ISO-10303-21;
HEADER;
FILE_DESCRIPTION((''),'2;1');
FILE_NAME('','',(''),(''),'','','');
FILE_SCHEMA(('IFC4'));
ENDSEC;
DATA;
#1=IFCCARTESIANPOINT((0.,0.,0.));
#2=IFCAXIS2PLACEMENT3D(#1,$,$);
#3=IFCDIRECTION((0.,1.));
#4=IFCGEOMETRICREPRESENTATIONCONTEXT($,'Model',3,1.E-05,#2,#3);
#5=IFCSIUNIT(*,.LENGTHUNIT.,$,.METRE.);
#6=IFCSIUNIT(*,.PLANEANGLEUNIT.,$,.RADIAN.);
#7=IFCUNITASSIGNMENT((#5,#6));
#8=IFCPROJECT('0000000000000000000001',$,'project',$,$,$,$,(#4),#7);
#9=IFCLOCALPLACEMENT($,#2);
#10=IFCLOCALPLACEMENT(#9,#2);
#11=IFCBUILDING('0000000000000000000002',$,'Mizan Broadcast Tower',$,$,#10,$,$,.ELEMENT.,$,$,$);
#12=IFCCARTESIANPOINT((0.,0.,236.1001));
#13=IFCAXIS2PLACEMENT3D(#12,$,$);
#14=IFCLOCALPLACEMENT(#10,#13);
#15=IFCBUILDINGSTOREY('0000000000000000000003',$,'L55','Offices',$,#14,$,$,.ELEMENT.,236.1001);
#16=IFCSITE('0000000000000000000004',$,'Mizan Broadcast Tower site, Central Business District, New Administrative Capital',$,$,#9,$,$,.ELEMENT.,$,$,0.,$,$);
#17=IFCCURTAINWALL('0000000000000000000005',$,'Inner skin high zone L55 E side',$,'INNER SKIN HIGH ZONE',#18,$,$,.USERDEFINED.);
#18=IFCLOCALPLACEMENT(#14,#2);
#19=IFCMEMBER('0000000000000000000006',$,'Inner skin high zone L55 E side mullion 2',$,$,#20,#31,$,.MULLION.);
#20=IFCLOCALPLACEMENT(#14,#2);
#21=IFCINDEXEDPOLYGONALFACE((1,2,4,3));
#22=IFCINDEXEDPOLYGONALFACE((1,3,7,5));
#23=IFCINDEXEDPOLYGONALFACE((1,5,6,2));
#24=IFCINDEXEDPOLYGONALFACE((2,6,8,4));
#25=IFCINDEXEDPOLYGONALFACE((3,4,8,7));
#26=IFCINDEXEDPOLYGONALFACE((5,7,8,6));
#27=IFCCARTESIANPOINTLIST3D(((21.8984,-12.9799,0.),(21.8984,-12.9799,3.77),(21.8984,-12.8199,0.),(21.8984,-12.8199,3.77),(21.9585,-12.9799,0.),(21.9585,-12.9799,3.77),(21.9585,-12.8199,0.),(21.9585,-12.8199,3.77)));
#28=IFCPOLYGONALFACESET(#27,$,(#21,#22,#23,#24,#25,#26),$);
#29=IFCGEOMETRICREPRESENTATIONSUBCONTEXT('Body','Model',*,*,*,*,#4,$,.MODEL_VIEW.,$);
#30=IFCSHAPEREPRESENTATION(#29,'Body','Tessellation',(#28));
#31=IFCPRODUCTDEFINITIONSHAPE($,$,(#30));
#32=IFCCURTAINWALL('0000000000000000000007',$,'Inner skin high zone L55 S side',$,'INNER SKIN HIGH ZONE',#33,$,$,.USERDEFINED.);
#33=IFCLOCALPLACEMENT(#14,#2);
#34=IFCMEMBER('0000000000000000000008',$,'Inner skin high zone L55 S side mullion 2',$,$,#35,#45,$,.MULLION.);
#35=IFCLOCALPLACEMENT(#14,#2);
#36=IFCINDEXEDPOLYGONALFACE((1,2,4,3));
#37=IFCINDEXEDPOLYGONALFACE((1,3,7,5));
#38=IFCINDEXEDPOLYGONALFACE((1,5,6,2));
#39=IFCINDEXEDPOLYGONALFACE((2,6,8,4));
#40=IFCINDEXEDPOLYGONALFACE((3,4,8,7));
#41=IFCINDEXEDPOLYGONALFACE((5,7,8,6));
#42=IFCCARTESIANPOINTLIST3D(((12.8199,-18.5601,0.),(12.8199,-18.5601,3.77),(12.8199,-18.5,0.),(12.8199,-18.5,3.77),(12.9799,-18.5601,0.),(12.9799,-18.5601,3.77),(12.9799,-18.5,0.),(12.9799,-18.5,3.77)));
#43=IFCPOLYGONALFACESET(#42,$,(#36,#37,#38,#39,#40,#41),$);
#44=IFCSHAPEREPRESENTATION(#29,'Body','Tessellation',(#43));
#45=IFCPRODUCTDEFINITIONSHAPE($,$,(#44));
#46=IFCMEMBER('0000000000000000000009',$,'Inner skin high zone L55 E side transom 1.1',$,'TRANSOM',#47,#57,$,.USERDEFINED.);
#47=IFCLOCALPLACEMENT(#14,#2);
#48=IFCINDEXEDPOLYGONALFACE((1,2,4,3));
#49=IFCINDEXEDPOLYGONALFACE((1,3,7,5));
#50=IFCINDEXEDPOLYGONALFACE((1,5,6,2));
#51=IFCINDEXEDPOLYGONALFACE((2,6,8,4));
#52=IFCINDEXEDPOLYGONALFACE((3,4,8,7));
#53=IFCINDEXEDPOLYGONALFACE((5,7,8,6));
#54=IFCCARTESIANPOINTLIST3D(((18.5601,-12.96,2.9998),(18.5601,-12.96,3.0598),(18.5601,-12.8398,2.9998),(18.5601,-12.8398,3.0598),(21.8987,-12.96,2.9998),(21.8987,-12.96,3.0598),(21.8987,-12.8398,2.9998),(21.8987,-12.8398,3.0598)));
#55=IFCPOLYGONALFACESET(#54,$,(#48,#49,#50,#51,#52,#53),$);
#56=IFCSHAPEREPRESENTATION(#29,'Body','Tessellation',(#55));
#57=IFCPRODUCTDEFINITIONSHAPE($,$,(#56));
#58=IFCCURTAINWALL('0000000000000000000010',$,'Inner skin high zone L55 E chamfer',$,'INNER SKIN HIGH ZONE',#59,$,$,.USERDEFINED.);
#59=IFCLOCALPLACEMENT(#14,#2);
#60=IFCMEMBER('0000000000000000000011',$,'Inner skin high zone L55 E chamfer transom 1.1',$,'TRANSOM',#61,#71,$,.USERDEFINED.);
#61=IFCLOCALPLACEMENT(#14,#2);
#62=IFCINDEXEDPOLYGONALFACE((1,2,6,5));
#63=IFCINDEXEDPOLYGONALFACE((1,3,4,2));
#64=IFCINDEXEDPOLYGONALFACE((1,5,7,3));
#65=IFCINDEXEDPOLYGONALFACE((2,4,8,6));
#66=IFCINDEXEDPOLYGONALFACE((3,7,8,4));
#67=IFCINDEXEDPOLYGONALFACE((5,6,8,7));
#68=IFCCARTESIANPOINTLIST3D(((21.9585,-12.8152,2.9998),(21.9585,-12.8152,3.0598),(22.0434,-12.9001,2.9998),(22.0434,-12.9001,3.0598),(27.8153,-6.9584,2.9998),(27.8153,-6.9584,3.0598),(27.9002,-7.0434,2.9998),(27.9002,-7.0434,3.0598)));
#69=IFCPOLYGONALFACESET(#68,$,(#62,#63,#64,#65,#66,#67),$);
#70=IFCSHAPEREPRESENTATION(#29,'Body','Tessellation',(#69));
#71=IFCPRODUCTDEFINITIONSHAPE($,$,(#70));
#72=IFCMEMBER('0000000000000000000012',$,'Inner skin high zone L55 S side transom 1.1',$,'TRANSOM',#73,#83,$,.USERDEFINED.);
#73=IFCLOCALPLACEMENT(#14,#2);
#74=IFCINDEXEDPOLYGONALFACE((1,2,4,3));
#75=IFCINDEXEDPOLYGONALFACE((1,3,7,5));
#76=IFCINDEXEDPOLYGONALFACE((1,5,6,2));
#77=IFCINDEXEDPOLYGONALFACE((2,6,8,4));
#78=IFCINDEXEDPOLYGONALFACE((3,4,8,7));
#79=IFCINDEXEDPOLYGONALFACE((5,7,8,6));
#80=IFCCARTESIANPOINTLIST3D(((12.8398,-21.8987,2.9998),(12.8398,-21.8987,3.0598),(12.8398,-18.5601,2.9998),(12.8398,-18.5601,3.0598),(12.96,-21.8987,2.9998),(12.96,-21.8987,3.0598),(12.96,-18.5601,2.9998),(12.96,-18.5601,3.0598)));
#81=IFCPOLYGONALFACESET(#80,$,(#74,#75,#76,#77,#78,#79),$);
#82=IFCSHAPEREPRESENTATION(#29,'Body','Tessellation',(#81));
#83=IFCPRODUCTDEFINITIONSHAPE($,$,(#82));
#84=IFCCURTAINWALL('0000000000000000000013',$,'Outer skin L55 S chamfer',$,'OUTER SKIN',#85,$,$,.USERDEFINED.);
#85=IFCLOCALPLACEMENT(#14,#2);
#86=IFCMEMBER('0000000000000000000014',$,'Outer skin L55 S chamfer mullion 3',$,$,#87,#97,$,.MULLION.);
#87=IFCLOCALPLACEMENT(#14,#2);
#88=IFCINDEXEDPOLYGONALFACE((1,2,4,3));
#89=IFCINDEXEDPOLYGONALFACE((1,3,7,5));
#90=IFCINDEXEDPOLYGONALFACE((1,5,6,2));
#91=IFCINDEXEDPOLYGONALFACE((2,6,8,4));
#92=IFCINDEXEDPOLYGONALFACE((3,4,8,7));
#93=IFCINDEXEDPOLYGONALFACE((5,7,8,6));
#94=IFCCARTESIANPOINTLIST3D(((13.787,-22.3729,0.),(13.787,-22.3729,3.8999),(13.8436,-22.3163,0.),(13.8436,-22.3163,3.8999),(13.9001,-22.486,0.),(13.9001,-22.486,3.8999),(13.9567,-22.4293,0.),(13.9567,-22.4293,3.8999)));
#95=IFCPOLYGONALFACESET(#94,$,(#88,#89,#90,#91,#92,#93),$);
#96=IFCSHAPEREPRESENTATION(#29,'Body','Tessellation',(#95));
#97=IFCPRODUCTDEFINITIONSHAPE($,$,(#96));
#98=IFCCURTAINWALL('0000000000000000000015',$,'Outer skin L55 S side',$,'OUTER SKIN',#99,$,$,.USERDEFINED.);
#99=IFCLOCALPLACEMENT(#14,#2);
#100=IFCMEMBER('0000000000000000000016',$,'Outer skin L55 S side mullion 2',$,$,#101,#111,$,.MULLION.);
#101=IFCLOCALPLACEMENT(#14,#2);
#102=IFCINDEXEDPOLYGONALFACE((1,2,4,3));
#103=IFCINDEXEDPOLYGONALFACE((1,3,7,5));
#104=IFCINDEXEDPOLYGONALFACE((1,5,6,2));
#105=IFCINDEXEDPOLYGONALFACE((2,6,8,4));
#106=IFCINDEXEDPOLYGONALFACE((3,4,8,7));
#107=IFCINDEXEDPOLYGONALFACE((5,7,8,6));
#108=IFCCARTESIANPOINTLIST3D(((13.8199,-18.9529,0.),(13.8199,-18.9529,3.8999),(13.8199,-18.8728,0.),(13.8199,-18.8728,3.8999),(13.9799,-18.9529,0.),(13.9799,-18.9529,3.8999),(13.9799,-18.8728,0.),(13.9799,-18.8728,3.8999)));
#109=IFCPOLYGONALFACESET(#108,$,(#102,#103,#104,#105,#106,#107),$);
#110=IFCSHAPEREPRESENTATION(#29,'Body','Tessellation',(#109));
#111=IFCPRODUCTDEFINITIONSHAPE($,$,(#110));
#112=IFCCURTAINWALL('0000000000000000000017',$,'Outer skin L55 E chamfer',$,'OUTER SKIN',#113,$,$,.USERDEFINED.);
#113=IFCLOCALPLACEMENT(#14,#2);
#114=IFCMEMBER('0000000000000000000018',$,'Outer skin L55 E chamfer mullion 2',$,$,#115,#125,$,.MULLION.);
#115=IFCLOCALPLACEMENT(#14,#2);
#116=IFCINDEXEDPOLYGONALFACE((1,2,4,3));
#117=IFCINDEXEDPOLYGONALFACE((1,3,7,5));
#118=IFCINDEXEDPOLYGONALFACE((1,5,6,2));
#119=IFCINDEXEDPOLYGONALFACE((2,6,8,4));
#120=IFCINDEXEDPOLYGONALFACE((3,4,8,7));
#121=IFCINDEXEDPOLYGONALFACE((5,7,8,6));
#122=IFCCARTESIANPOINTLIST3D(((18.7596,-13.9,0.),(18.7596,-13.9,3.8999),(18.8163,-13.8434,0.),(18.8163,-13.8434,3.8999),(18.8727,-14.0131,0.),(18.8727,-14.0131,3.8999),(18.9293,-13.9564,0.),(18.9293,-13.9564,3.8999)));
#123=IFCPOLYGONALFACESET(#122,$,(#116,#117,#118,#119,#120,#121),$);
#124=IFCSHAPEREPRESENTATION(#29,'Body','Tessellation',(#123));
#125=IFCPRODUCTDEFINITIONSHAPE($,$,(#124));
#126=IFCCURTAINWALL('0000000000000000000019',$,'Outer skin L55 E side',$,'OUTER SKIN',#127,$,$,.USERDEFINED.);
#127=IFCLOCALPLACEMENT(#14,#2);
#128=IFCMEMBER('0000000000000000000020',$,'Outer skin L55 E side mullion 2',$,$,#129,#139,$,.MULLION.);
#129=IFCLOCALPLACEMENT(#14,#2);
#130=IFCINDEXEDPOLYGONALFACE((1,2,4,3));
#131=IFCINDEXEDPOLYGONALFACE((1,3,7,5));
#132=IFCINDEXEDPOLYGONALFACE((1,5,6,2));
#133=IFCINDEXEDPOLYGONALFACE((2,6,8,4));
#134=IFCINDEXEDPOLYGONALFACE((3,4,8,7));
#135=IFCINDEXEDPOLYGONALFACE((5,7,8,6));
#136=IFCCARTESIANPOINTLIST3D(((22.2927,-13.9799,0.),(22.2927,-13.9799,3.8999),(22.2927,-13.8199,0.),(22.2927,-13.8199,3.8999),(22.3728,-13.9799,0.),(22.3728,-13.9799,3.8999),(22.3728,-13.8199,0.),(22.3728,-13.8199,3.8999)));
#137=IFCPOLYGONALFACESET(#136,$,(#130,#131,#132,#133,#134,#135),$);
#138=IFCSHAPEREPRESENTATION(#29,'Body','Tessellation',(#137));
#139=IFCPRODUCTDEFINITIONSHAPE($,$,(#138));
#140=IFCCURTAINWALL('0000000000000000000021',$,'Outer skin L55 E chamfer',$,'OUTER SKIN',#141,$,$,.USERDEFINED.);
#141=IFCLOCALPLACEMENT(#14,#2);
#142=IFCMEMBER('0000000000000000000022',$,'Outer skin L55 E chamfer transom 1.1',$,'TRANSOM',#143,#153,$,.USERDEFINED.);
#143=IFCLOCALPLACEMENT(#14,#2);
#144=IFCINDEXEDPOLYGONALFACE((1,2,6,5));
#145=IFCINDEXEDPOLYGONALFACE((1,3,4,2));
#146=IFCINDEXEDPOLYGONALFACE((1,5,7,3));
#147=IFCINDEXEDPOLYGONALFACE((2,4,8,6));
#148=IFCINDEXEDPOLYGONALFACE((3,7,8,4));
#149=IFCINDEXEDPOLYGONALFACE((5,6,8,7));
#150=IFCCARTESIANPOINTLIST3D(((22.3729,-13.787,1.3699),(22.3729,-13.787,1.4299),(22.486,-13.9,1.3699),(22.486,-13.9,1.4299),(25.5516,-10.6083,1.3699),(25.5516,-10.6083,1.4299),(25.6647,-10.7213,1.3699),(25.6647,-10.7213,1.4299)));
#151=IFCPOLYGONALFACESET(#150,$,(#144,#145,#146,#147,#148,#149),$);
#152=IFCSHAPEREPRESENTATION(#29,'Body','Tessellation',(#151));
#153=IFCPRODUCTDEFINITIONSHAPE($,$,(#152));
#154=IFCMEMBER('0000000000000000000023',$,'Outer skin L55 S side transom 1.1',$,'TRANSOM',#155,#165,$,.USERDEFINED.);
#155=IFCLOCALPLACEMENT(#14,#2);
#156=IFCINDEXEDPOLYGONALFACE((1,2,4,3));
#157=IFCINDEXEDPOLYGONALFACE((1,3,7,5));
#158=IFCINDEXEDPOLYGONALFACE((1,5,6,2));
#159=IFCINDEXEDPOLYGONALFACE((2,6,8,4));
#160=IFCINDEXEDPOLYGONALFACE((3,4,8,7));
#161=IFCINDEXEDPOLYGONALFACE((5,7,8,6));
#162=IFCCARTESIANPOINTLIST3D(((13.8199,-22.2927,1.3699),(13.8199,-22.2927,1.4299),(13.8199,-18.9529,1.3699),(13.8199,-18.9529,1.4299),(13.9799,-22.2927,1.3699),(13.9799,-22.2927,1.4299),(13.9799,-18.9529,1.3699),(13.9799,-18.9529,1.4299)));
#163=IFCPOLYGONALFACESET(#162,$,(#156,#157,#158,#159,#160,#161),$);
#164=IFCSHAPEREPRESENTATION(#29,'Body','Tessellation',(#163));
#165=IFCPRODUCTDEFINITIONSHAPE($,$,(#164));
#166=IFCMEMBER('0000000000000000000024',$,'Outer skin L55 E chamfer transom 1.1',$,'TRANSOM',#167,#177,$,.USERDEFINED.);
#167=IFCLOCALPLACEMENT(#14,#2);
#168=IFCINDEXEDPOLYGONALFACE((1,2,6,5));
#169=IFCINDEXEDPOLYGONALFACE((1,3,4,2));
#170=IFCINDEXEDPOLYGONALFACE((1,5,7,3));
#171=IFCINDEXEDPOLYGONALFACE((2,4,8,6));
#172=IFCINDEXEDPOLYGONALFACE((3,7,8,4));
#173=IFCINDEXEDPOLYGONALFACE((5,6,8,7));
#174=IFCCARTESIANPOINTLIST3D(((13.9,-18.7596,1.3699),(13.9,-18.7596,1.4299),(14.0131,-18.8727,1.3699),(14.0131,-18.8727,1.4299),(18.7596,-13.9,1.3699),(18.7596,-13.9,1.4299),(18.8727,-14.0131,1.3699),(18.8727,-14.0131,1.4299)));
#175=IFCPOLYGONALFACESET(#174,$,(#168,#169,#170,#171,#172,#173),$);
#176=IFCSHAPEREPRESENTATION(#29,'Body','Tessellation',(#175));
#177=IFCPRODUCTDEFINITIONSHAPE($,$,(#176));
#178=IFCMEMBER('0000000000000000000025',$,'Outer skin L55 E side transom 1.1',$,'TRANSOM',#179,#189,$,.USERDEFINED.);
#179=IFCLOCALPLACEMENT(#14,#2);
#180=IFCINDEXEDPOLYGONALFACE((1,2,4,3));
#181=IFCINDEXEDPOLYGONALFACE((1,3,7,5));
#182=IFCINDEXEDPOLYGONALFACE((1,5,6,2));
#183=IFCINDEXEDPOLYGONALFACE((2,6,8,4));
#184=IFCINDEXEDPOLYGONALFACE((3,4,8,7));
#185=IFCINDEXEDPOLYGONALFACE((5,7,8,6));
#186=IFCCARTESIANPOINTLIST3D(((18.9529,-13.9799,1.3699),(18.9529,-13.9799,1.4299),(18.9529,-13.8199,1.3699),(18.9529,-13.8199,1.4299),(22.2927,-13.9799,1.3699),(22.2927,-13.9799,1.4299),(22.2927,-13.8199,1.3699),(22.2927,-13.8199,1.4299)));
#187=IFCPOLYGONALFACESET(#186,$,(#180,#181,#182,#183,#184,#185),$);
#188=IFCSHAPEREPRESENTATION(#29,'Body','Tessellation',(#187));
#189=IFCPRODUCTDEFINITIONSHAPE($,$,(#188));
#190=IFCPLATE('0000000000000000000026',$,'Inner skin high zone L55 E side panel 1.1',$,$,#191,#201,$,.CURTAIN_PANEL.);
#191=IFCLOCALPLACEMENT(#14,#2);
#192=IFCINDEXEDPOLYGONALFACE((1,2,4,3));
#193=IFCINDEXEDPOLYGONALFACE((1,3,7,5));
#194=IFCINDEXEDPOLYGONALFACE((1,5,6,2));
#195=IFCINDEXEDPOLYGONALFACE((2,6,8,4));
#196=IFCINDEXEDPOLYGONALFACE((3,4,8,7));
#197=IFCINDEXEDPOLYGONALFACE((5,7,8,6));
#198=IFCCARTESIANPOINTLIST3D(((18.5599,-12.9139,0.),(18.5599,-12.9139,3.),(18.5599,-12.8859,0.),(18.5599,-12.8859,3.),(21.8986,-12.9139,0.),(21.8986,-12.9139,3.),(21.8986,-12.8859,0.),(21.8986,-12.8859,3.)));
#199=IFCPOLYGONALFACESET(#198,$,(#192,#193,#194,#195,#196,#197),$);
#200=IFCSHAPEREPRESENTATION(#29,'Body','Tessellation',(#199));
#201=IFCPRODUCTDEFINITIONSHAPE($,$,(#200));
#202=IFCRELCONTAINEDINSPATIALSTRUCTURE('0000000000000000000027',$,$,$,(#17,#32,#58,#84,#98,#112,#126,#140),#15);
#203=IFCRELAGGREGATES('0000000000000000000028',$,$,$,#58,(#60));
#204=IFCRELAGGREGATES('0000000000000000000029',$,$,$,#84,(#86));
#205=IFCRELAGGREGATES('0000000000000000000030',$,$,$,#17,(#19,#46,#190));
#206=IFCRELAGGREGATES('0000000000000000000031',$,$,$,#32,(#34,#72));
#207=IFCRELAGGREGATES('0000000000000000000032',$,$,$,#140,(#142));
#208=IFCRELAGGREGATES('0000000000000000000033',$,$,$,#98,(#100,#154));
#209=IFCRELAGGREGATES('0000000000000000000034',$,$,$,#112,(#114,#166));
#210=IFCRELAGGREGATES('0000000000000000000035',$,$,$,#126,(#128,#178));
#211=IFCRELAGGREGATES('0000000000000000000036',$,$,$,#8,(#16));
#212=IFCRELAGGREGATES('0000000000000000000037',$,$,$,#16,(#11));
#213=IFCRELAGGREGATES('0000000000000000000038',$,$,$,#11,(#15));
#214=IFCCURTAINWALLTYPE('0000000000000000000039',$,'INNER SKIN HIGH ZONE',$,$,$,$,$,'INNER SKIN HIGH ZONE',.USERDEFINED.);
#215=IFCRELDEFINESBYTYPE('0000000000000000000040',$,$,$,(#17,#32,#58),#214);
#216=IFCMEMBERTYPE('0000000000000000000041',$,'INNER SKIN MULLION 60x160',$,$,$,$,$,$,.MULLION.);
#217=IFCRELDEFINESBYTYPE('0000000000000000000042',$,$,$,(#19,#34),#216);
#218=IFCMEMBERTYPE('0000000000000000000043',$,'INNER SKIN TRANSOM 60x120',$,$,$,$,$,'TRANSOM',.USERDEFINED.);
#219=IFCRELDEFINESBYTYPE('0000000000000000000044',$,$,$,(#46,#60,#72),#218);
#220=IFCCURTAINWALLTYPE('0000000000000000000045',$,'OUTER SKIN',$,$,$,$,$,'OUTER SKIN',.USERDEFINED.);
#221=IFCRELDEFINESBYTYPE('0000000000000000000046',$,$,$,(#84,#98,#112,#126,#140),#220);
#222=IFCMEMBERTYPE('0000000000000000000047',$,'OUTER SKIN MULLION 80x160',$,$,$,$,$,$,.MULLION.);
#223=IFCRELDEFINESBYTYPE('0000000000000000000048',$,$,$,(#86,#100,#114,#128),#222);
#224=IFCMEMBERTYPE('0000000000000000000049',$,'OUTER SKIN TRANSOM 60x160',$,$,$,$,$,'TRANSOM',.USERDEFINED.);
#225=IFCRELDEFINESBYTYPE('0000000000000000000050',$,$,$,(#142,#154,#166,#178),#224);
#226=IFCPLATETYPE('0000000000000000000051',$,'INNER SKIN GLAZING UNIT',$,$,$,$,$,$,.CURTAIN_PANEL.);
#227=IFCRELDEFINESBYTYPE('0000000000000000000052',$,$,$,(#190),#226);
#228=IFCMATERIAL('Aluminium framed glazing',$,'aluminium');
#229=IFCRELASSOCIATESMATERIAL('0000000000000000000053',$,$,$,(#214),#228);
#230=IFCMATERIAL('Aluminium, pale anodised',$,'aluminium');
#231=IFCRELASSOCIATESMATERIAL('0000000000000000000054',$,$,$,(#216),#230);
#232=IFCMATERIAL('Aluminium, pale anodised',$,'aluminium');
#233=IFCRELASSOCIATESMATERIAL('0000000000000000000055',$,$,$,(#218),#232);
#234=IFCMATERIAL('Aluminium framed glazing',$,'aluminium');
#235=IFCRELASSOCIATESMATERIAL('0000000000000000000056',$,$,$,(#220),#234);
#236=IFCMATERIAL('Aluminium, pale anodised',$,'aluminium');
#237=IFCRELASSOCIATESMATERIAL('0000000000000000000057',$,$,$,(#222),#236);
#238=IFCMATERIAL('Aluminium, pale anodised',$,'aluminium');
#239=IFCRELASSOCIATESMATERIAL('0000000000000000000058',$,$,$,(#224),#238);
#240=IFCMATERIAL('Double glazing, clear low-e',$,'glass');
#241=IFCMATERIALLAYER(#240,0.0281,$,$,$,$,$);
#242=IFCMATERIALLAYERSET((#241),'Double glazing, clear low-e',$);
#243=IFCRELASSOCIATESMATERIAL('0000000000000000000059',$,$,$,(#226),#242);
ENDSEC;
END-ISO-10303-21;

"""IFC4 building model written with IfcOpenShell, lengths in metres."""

from ifc_helpers import new_model, si_unit, direction, frame, origin, origin_2d, place, context, subcontext, project, spatial, rectangle, extrude, material, layer, layer_set, material_profile, profile_set, type_object, element, aggregate, save


model = new_model("IFC4")

# Units and contexts
model_context = context("Model", 3, precision=1e-05, world=origin(), true_north=direction((0.0, 1.0)))
body_context = subcontext(model_context, "Body", "Model", "MODEL_VIEW")
ifc_project = project(units=[si_unit("LENGTHUNIT", "METRE"), si_unit("PLANEANGLEUNIT", "RADIAN")], contexts=[model_context])

# Site, building, storey
site_placement = place(None, origin())
site = spatial("IfcSite", under=ifc_project, at=site_placement, Name="Mizan Broadcast Tower site, Central Business District, New Administrative Capital", CompositionType="ELEMENT", RefElevation=0.0)
building_placement = place(site_placement, origin())
building = spatial("IfcBuilding", under=site, at=building_placement, Name="Mizan Broadcast Tower", CompositionType="ELEMENT")
storey_placement = place(building_placement, frame((0.0, 0.0, 236.1001)))
storey = spatial("IfcBuildingStorey", under=building, at=storey_placement, Name="L55", Description="Offices", CompositionType="ELEMENT", Elevation=236.1001)

# Curtain walls, members
ifc_material_1 = material(Name="Aluminium framed glazing", Category="aluminium")
curtain_wall_type_1 = type_object("IfcCurtainWallType", Name="INNER SKIN HIGH ZONE", ElementType="INNER SKIN HIGH ZONE", PredefinedType="USERDEFINED", material=ifc_material_1)
curtain_wall_1_placement = place(storey_placement, origin())
curtain_wall_1 = element("IfcCurtainWall", 1, at=curtain_wall_1_placement, inside=storey, type_object=curtain_wall_type_1, Name="Inner skin high zone L55 E side", ObjectType="INNER SKIN HIGH ZONE", PredefinedType="USERDEFINED")
ifc_material_2 = material(Name="Aluminium, pale anodised", Category="aluminium")
ifc_material_profile_1 = material_profile(ifc_material_2, rectangle(XDim=0.1599, YDim=0.0601, at=origin_2d()), Name="MULLION 160x60")
ifc_profile_set_1 = profile_set([ifc_material_profile_1], Name="Aluminium, pale anodised")
member_type_1 = type_object("IfcMemberType", Name="INNER SKIN MULLION 60x160", PredefinedType="MULLION", material=ifc_profile_set_1)
member_1_placement = place(storey_placement, frame((21.9285, -12.8999, 0.0), z_axis=(0.0, 0.0, 1.0), x_axis=(0.0, 1.0, 0.0)))
member_1 = element("IfcMember", 2, at=member_1_placement, type_object=member_type_1, Name="Inner skin high zone L55 E side mullion 2", PredefinedType="MULLION", context=body_context, shape_type="SweptSolid", body=[
    extrude(rectangle(XDim=0.1599, YDim=0.0601, at=origin_2d()), origin(), (0.0, 0.0, 1.0), 3.77),
])
curtain_wall_2_placement = place(storey_placement, origin())
curtain_wall_2 = element("IfcCurtainWall", 3, at=curtain_wall_2_placement, inside=storey, type_object=curtain_wall_type_1, Name="Inner skin high zone L55 S side", ObjectType="INNER SKIN HIGH ZONE", PredefinedType="USERDEFINED")
member_2_placement = place(storey_placement, frame((12.8999, -18.53, 0.0), z_axis=(0.0, 0.0, 1.0), x_axis=(-1.0, 0.0, 0.0)))
member_2 = element("IfcMember", 4, at=member_2_placement, type_object=member_type_1, Name="Inner skin high zone L55 S side mullion 2", PredefinedType="MULLION", context=body_context, shape_type="SweptSolid", body=[
    extrude(rectangle(XDim=0.1599, YDim=0.0601, at=origin_2d()), origin(), (0.0, 0.0, 1.0), 3.77),
])

# Member
ifc_material_3 = material(Name="Aluminium, pale anodised", Category="aluminium")
ifc_material_profile_2 = material_profile(ifc_material_3, rectangle(XDim=0.1201, YDim=0.0601, at=origin_2d()), Name="TRANSOM 120x60")
ifc_profile_set_2 = profile_set([ifc_material_profile_2], Name="Aluminium, pale anodised")
member_type_2 = type_object("IfcMemberType", Name="INNER SKIN TRANSOM 60x120", ElementType="TRANSOM", PredefinedType="USERDEFINED", material=ifc_profile_set_2)
member_3_placement = place(storey_placement, frame((18.5601, -12.8999, 3.0298), z_axis=(1.0, 0.0, 0.0), x_axis=(0.0, 1.0, 0.0)))
member_3 = element("IfcMember", 5, at=member_3_placement, type_object=member_type_2, Name="Inner skin high zone L55 E side transom 1.1", ObjectType="TRANSOM", PredefinedType="USERDEFINED", context=body_context, shape_type="SweptSolid", body=[
    extrude(rectangle(XDim=0.1201, YDim=0.0601, at=origin_2d()), origin(), (0.0, 0.0, 1.0), 3.3386),
])

# Curtain wall, member
curtain_wall_3_placement = place(storey_placement, origin())
curtain_wall_3 = element("IfcCurtainWall", 6, at=curtain_wall_3_placement, inside=storey, type_object=curtain_wall_type_1, Name="Inner skin high zone L55 E chamfer", ObjectType="INNER SKIN HIGH ZONE", PredefinedType="USERDEFINED")
member_4_placement = place(storey_placement, frame((22.001, -12.8577, 3.0298), z_axis=(0.707107, 0.707107, 0.0), x_axis=(-0.707107, 0.707107, 0.0)))
member_4 = element("IfcMember", 7, at=member_4_placement, type_object=member_type_2, Name="Inner skin high zone L55 E chamfer transom 1.1", ObjectType="TRANSOM", PredefinedType="USERDEFINED", context=body_context, shape_type="SweptSolid", body=[
    extrude(rectangle(XDim=0.1201, YDim=0.0601, at=origin_2d()), origin(), (0.0, 0.0, 1.0), 8.2827),
])
aggregate(curtain_wall_3, [member_4])

# Member
member_5_placement = place(storey_placement, frame((12.8999, -21.8987, 3.0298), z_axis=(0.0, 1.0, 0.0), x_axis=(-1.0, 0.0, 0.0)))
member_5 = element("IfcMember", 8, at=member_5_placement, type_object=member_type_2, Name="Inner skin high zone L55 S side transom 1.1", ObjectType="TRANSOM", PredefinedType="USERDEFINED", context=body_context, shape_type="SweptSolid", body=[
    extrude(rectangle(XDim=0.1201, YDim=0.0601, at=origin_2d()), origin(), (0.0, 0.0, 1.0), 3.3386),
])

# Curtain walls, members
ifc_material_4 = material(Name="Aluminium framed glazing", Category="aluminium")
curtain_wall_type_2 = type_object("IfcCurtainWallType", Name="OUTER SKIN", ElementType="OUTER SKIN", PredefinedType="USERDEFINED", material=ifc_material_4)
curtain_wall_4_placement = place(storey_placement, origin())
curtain_wall_4 = element("IfcCurtainWall", 9, at=curtain_wall_4_placement, inside=storey, type_object=curtain_wall_type_2, Name="Outer skin L55 S chamfer", ObjectType="OUTER SKIN", PredefinedType="USERDEFINED")
ifc_material_5 = material(Name="Aluminium, pale anodised", Category="aluminium")
ifc_material_profile_3 = material_profile(ifc_material_5, rectangle(XDim=0.1599, YDim=0.0801, at=origin_2d()), Name="MULLION 160x80")
ifc_profile_set_3 = profile_set([ifc_material_profile_3], Name="Aluminium, pale anodised")
member_type_3 = type_object("IfcMemberType", Name="OUTER SKIN MULLION 80x160", PredefinedType="MULLION", material=ifc_profile_set_3)
member_6_placement = place(storey_placement, frame((13.8718, -22.4011, 0.0), z_axis=(0.0, 0.0, 1.0), x_axis=(-0.707107, 0.707107, 0.0)))
member_6 = element("IfcMember", 10, at=member_6_placement, type_object=member_type_3, Name="Outer skin L55 S chamfer mullion 3", PredefinedType="MULLION", context=body_context, shape_type="SweptSolid", body=[
    extrude(rectangle(XDim=0.1599, YDim=0.0801, at=origin_2d()), origin(), (0.0, 0.0, 1.0), 3.8999),
])
aggregate(curtain_wall_4, [member_6])
curtain_wall_5_placement = place(storey_placement, origin())
curtain_wall_5 = element("IfcCurtainWall", 11, at=curtain_wall_5_placement, inside=storey, type_object=curtain_wall_type_2, Name="Outer skin L55 S side", ObjectType="OUTER SKIN", PredefinedType="USERDEFINED")
member_7_placement = place(storey_placement, frame((13.8999, -18.9128, 0.0), z_axis=(0.0, 0.0, 1.0), x_axis=(-1.0, 0.0, 0.0)))
member_7 = element("IfcMember", 12, at=member_7_placement, type_object=member_type_3, Name="Outer skin L55 S side mullion 2", PredefinedType="MULLION", context=body_context, shape_type="SweptSolid", body=[
    extrude(rectangle(XDim=0.1599, YDim=0.0801, at=origin_2d()), origin(), (0.0, 0.0, 1.0), 3.8999),
])
curtain_wall_6_placement = place(storey_placement, origin())
curtain_wall_6 = element("IfcCurtainWall", 13, at=curtain_wall_6_placement, inside=storey, type_object=curtain_wall_type_2, Name="Outer skin L55 E chamfer", ObjectType="OUTER SKIN", PredefinedType="USERDEFINED")
member_8_placement = place(storey_placement, frame((18.8445, -13.9282, 0.0), z_axis=(0.0, 0.0, 1.0), x_axis=(-0.707107, 0.707107, 0.0)))
member_8 = element("IfcMember", 14, at=member_8_placement, type_object=member_type_3, Name="Outer skin L55 E chamfer mullion 2", PredefinedType="MULLION", context=body_context, shape_type="SweptSolid", body=[
    extrude(rectangle(XDim=0.1599, YDim=0.0801, at=origin_2d()), origin(), (0.0, 0.0, 1.0), 3.8999),
])
curtain_wall_7_placement = place(storey_placement, origin())
curtain_wall_7 = element("IfcCurtainWall", 15, at=curtain_wall_7_placement, inside=storey, type_object=curtain_wall_type_2, Name="Outer skin L55 E side", ObjectType="OUTER SKIN", PredefinedType="USERDEFINED")
member_9_placement = place(storey_placement, frame((22.3328, -13.8999, 0.0), z_axis=(0.0, 0.0, 1.0), x_axis=(0.0, 1.0, 0.0)))
member_9 = element("IfcMember", 16, at=member_9_placement, type_object=member_type_3, Name="Outer skin L55 E side mullion 2", PredefinedType="MULLION", context=body_context, shape_type="SweptSolid", body=[
    extrude(rectangle(XDim=0.1599, YDim=0.0801, at=origin_2d()), origin(), (0.0, 0.0, 1.0), 3.8999),
])
curtain_wall_8_placement = place(storey_placement, origin())
curtain_wall_8 = element("IfcCurtainWall", 17, at=curtain_wall_8_placement, inside=storey, type_object=curtain_wall_type_2, Name="Outer skin L55 E chamfer", ObjectType="OUTER SKIN", PredefinedType="USERDEFINED")
ifc_material_6 = material(Name="Aluminium, pale anodised", Category="aluminium")
ifc_material_profile_4 = material_profile(ifc_material_6, rectangle(XDim=0.1599, YDim=0.0601, at=origin_2d()), Name="TRANSOM 160x60")
ifc_profile_set_4 = profile_set([ifc_material_profile_4], Name="Aluminium, pale anodised")
member_type_4 = type_object("IfcMemberType", Name="OUTER SKIN TRANSOM 60x160", ElementType="TRANSOM", PredefinedType="USERDEFINED", material=ifc_profile_set_4)
member_10_placement = place(storey_placement, frame((22.4294, -13.8435, 1.3999), z_axis=(0.707107, 0.707107, 0.0), x_axis=(-0.707107, 0.707107, 0.0)))
member_10 = element("IfcMember", 18, at=member_10_placement, type_object=member_type_4, Name="Outer skin L55 E chamfer transom 1.1", ObjectType="TRANSOM", PredefinedType="USERDEFINED", context=body_context, shape_type="SweptSolid", body=[
    extrude(rectangle(XDim=0.1599, YDim=0.0601, at=origin_2d()), origin(), (0.0, 0.0, 1.0), 4.4954),
])

# Members
member_11_placement = place(storey_placement, frame((13.8999, -22.2927, 1.3999), z_axis=(0.0, 1.0, 0.0), x_axis=(-1.0, 0.0, 0.0)))
member_11 = element("IfcMember", 19, at=member_11_placement, type_object=member_type_4, Name="Outer skin L55 S side transom 1.1", ObjectType="TRANSOM", PredefinedType="USERDEFINED", context=body_context, shape_type="SweptSolid", body=[
    extrude(rectangle(XDim=0.1599, YDim=0.0601, at=origin_2d()), origin(), (0.0, 0.0, 1.0), 3.3398),
])
member_12_placement = place(storey_placement, frame((13.9565, -18.8162, 1.3999), z_axis=(0.707107, 0.707107, 0.0), x_axis=(-0.707107, 0.707107, 0.0)))
member_12 = element("IfcMember", 20, at=member_12_placement, type_object=member_type_4, Name="Outer skin L55 E chamfer transom 1.1", ObjectType="TRANSOM", PredefinedType="USERDEFINED", context=body_context, shape_type="SweptSolid", body=[
    extrude(rectangle(XDim=0.1599, YDim=0.0601, at=origin_2d()), origin(), (0.0, 0.0, 1.0), 6.8726),
])
member_13_placement = place(storey_placement, frame((18.9529, -13.8999, 1.3999), z_axis=(1.0, 0.0, 0.0), x_axis=(0.0, 1.0, 0.0)))
member_13 = element("IfcMember", 21, at=member_13_placement, type_object=member_type_4, Name="Outer skin L55 E side transom 1.1", ObjectType="TRANSOM", PredefinedType="USERDEFINED", context=body_context, shape_type="SweptSolid", body=[
    extrude(rectangle(XDim=0.1599, YDim=0.0601, at=origin_2d()), origin(), (0.0, 0.0, 1.0), 3.3398),
])

# Plate
ifc_material_7 = material(Name="Double glazing, clear low-e", Category="glass")
ifc_layer_1 = layer(ifc_material_7, 0.0281)
ifc_layer_set_1 = layer_set([ifc_layer_1], Name="Double glazing, clear low-e")
plate_type_1 = type_object("IfcPlateType", Name="INNER SKIN GLAZING UNIT", PredefinedType="CURTAIN_PANEL", material=ifc_layer_set_1)
plate_1_placement = place(storey_placement, frame((20.2292, -12.8999, 0.0), z_axis=(0.0, 0.0, 1.0), x_axis=(1.0, 0.0, 0.0)))
plate_1 = element("IfcPlate", 22, at=plate_1_placement, type_object=plate_type_1, Name="Inner skin high zone L55 E side panel 1.1", PredefinedType="CURTAIN_PANEL", context=body_context, shape_type="SweptSolid", body=[
    extrude(rectangle(XDim=3.3386, YDim=0.0281, at=origin_2d()), origin(), (0.0, 0.0, 1.0), 3.0),
])
aggregate(curtain_wall_1, [member_1, member_3, plate_1])
aggregate(curtain_wall_2, [member_2, member_5])
aggregate(curtain_wall_8, [member_10])
aggregate(curtain_wall_5, [member_7, member_11])
aggregate(curtain_wall_6, [member_8, member_12])
aggregate(curtain_wall_7, [member_9, member_13])

save(model, "model.ifc")
